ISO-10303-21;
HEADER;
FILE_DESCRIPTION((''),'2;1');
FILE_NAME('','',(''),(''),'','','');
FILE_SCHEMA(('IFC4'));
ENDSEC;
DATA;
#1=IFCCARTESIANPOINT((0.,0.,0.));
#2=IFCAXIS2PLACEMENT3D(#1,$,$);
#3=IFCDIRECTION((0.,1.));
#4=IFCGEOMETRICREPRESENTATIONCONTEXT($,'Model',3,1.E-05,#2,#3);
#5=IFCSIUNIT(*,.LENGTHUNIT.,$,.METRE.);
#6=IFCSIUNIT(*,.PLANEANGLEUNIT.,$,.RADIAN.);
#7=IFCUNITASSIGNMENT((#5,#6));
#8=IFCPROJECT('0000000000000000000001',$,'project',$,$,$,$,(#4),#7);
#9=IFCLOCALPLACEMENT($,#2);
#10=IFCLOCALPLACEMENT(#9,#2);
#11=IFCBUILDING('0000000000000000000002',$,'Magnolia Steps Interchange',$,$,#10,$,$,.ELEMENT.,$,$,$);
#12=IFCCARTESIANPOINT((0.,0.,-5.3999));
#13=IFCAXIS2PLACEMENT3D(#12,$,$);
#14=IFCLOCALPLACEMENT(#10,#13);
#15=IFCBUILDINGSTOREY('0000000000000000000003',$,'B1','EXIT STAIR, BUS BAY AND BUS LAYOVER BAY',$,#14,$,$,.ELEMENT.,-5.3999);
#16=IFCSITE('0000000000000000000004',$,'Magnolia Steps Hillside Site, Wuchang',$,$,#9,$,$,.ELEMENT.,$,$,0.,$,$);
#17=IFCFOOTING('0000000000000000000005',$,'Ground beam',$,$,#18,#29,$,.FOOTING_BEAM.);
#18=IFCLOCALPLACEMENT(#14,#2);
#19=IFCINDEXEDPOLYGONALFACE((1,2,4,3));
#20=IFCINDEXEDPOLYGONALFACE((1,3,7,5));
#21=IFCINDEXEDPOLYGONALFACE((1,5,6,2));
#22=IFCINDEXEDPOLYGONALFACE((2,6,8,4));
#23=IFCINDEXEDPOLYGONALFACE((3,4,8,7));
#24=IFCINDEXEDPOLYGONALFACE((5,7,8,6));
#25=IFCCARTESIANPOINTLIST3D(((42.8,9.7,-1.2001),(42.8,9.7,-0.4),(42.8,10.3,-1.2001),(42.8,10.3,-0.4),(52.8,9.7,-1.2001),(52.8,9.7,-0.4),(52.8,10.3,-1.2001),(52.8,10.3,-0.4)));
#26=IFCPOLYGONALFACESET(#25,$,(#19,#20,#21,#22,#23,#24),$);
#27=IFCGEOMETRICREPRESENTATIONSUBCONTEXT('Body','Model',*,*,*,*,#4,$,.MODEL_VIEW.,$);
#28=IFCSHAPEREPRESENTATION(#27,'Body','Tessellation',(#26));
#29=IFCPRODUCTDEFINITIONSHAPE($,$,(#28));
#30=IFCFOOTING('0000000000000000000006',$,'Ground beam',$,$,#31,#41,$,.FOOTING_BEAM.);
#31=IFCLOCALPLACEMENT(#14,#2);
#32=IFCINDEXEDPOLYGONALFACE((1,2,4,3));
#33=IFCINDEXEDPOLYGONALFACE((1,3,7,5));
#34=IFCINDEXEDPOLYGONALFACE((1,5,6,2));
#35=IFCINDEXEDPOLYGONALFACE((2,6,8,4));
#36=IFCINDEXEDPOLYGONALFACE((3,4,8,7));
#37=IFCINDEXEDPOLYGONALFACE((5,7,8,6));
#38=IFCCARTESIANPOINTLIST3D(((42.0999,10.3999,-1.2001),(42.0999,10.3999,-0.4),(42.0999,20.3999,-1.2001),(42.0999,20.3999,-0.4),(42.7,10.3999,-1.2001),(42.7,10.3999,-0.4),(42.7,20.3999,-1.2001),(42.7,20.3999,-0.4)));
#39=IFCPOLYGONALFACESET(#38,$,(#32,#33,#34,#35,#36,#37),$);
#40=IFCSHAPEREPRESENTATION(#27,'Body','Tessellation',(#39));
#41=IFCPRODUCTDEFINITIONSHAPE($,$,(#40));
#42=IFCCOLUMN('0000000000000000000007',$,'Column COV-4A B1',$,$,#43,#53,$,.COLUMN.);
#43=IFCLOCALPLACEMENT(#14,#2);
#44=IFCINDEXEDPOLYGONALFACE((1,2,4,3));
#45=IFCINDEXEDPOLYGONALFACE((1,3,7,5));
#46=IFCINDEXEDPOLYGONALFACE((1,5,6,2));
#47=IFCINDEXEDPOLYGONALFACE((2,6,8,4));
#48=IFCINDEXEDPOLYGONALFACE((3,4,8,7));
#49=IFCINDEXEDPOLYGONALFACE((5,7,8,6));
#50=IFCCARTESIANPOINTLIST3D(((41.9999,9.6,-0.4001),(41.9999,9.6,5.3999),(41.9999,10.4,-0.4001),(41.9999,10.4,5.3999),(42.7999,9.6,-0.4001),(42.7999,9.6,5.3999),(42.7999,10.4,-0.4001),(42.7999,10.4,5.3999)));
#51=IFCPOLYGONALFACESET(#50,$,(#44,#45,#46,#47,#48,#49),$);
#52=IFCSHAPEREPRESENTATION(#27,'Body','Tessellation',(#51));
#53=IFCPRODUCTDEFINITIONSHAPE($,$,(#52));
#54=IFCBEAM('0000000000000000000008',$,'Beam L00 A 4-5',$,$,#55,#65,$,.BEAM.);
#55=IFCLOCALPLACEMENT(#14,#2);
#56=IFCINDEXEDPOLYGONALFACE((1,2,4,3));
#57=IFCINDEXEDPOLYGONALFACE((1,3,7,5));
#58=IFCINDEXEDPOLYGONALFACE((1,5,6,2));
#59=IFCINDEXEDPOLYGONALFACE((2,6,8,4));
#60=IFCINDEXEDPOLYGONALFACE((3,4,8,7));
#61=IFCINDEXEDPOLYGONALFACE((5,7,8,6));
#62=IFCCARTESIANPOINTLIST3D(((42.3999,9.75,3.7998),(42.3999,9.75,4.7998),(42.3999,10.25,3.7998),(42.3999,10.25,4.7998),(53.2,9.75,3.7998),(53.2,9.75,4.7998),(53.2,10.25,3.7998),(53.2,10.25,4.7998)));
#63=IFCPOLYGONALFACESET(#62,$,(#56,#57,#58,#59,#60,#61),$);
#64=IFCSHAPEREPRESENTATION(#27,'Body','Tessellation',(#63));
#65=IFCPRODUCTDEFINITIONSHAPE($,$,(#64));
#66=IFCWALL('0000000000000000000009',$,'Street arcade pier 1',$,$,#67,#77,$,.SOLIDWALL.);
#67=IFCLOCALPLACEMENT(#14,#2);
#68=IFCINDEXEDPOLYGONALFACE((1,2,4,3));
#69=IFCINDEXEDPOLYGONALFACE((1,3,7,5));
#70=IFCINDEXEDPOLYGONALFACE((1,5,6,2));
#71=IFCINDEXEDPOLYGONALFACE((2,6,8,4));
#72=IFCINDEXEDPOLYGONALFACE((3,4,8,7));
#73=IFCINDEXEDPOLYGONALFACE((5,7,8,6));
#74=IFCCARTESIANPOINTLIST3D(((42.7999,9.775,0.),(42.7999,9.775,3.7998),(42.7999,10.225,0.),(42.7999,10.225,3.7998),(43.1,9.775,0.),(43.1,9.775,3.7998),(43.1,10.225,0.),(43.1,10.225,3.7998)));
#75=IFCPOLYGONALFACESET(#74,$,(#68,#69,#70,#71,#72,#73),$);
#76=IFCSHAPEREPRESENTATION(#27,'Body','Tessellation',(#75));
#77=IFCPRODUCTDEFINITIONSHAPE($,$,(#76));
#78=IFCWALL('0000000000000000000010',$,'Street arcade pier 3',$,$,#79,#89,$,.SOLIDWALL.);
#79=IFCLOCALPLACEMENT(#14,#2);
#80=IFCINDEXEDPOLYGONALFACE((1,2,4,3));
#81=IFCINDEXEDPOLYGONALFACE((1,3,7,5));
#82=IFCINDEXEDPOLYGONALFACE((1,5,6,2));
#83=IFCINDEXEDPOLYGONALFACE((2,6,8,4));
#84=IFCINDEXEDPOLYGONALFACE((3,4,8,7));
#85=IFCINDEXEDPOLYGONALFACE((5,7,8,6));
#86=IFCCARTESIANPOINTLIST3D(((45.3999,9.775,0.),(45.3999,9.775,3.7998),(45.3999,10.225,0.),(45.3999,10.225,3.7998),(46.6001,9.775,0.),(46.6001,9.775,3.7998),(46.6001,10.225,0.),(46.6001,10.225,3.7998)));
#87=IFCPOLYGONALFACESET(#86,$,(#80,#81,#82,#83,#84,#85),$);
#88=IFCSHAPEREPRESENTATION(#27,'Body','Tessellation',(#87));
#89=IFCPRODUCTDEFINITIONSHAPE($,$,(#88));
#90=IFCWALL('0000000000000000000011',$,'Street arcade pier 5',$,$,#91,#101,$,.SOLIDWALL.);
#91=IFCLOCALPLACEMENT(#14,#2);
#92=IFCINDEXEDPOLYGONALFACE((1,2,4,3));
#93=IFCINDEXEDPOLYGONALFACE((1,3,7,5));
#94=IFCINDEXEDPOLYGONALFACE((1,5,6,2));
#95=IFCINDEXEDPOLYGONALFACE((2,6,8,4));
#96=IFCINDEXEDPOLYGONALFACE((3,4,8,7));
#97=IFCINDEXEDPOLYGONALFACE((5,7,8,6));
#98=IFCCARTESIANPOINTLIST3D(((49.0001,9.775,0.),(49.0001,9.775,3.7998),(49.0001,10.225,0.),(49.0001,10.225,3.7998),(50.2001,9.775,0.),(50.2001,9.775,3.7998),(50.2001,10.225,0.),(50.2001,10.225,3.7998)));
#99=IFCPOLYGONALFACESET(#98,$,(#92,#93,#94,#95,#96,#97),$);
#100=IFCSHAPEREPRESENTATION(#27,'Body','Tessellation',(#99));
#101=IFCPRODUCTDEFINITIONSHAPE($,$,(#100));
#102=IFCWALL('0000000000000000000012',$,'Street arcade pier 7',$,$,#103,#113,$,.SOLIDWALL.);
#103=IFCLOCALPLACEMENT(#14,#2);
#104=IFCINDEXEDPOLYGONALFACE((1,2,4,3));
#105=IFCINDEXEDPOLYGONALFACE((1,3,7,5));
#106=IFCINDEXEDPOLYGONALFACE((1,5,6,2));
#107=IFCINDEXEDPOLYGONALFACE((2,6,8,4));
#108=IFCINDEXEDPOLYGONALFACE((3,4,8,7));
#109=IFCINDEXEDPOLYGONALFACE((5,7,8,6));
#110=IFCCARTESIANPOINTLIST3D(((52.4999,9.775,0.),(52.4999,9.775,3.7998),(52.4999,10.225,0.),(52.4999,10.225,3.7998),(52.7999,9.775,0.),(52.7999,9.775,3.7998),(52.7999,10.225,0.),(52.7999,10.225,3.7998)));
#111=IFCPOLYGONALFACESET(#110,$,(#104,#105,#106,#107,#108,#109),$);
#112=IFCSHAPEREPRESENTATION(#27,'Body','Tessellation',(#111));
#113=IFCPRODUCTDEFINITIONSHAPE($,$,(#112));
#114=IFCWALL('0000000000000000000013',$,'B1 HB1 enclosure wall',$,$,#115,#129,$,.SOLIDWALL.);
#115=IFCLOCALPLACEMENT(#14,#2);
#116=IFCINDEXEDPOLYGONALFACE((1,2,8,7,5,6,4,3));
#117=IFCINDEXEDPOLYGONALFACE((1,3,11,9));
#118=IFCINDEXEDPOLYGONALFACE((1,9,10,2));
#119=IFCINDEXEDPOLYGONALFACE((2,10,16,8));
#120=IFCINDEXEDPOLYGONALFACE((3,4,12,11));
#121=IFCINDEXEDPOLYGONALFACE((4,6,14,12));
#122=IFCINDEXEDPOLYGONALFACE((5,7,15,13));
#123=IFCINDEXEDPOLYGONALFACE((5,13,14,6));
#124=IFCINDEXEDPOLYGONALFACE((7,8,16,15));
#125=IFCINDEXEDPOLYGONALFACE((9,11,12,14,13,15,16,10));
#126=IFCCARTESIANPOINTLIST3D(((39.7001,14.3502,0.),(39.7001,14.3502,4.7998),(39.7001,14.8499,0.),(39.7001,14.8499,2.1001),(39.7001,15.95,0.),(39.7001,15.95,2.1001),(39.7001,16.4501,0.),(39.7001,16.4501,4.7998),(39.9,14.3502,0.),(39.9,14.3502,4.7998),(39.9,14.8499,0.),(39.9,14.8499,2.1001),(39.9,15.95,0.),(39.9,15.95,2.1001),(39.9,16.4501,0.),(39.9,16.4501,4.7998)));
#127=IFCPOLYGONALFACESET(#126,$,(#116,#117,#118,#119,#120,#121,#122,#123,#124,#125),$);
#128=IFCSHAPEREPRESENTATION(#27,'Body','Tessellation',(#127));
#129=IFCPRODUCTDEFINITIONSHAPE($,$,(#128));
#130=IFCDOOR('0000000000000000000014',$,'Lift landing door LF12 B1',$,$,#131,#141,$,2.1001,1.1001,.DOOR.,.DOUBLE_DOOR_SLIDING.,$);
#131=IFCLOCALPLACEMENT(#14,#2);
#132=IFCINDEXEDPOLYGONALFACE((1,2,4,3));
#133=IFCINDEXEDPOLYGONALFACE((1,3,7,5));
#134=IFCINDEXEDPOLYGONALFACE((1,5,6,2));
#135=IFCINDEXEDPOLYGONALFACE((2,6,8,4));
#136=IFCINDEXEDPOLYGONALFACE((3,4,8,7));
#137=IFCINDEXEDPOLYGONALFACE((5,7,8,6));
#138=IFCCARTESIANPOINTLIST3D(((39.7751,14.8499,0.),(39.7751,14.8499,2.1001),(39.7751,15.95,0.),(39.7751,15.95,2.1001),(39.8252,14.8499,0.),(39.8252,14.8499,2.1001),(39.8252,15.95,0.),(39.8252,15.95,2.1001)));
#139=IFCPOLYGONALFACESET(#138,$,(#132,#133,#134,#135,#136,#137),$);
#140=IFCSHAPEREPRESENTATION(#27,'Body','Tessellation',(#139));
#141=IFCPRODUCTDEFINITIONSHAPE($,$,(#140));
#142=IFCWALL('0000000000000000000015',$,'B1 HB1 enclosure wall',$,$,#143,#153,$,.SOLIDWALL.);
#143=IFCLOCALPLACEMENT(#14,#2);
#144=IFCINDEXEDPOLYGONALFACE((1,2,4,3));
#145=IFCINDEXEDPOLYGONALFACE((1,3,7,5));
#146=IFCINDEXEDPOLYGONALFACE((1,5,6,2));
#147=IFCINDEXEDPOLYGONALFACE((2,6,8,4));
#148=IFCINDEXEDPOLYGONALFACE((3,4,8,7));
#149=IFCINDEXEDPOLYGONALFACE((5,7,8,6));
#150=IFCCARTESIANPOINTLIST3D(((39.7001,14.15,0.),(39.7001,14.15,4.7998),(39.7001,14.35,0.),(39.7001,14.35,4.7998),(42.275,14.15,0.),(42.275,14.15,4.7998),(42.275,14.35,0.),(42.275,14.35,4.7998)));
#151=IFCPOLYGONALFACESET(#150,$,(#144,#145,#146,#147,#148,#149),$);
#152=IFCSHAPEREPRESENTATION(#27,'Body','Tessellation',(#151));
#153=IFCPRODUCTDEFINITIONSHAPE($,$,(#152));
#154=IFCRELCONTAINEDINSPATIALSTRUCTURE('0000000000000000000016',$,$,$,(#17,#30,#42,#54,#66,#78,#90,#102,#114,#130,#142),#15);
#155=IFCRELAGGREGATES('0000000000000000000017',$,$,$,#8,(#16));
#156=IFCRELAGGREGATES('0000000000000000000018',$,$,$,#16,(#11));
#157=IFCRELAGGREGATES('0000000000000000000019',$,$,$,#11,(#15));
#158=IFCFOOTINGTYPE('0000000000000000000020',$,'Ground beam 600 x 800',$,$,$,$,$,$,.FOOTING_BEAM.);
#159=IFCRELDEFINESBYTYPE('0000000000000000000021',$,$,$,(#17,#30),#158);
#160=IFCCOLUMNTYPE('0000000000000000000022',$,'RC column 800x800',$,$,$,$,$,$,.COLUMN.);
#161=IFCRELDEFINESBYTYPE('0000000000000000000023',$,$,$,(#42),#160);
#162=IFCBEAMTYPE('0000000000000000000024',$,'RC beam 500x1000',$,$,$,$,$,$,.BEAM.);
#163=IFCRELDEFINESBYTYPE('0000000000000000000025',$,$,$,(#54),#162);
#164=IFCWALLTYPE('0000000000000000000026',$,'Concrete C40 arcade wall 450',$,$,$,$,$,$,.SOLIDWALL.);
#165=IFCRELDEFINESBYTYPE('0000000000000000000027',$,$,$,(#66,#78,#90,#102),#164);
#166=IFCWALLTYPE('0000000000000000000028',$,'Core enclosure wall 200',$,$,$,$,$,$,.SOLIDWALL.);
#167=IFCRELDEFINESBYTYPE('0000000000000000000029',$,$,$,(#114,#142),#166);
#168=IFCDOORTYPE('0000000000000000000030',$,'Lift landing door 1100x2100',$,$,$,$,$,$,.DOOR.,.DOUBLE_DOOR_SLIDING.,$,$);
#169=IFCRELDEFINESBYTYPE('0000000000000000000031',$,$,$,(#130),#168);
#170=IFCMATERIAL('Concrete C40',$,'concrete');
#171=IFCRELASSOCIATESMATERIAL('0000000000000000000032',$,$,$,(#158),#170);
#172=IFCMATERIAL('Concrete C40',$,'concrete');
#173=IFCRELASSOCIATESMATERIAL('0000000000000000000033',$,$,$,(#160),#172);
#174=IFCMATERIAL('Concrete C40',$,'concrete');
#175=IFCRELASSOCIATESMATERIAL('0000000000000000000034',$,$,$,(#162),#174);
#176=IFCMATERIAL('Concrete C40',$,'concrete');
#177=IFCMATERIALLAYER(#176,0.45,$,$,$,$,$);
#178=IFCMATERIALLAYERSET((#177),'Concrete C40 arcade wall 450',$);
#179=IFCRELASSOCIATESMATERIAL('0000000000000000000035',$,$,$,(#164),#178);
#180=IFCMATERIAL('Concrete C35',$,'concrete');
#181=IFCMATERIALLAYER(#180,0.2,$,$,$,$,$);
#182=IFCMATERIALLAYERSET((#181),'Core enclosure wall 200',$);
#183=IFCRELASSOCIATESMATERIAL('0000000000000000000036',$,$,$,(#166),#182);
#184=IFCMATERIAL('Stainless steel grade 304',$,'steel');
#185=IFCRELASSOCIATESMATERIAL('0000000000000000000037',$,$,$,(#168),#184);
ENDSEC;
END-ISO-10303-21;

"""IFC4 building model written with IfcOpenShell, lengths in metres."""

from ifc_helpers import new_model, si_unit, direction, frame, frame_2d, origin, origin_2d, place, context, subcontext, project, spatial, rectangle, extrude, material, layer, layer_set, material_profile, profile_set, type_object, element, fill, save


model = new_model("IFC4")

# Units and contexts
model_context = context("Model", 3, precision=1e-05, world=origin(), true_north=direction((0.0, 1.0)))
body_context = subcontext(model_context, "Body", "Model", "MODEL_VIEW")
ifc_project = project(units=[si_unit("LENGTHUNIT", "METRE"), si_unit("PLANEANGLEUNIT", "RADIAN")], contexts=[model_context])

# Site, building, storey
site_placement = place(None, origin())
site = spatial("IfcSite", under=ifc_project, at=site_placement, Name="Magnolia Steps Hillside Site, Wuchang", CompositionType="ELEMENT", RefElevation=0.0)
building_placement = place(site_placement, origin())
building = spatial("IfcBuilding", under=site, at=building_placement, Name="Magnolia Steps Interchange", CompositionType="ELEMENT")
storey_placement = place(building_placement, frame((0.0, 0.0, -5.3999)))
storey = spatial("IfcBuildingStorey", under=building, at=storey_placement, Name="B1", Description="EXIT STAIR, BUS BAY AND BUS LAYOVER BAY", CompositionType="ELEMENT", Elevation=-5.3999)

# Footings
ifc_material_1 = material(Name="Concrete C40", Category="concrete")
ifc_material_profile_1 = material_profile(ifc_material_1, rectangle(XDim=0.6001, YDim=0.8, at=origin_2d()), Name="RC600x800")
ifc_profile_set_1 = profile_set([ifc_material_profile_1], Name="Concrete C40")
footing_type = type_object("IfcFootingType", Name="Ground beam 600 x 800", PredefinedType="FOOTING_BEAM", material=ifc_profile_set_1)
for number, where, z_axis, x_axis, name in (
    (1, (42.8, 10.0, -0.8), (1.0, 0.0, 0.0), (0.0, 1.0, 0.0), "Ground beam"),
    (2, (42.3999, 10.3999, -0.8), (0.0, 1.0, 0.0), (-1.0, 0.0, 0.0), "Ground beam"),
):
    element("IfcFooting", number, at=place(storey_placement, frame(where, z_axis=z_axis, x_axis=x_axis)), inside=storey, type_object=footing_type, Name=name, PredefinedType="FOOTING_BEAM", context=body_context, shape_type="SweptSolid", body=[
        extrude(rectangle(XDim=0.6001, YDim=0.8, at=origin_2d()), origin(), (0.0, 0.0, 1.0), 10.0),
    ])

# Column
ifc_material_2 = material(Name="Concrete C40", Category="concrete")
ifc_material_profile_2 = material_profile(ifc_material_2, rectangle(XDim=0.8, YDim=0.8, at=origin_2d()), Name="RC800x800")
ifc_profile_set_2 = profile_set([ifc_material_profile_2], Name="Concrete C40")
column_type = type_object("IfcColumnType", Name="RC column 800x800", PredefinedType="COLUMN", material=ifc_profile_set_2)
column_placement = place(storey_placement, frame((42.3999, 10.0, -0.4001), z_axis=(0.0, 0.0, 1.0), x_axis=(1.0, 0.0, 0.0)))
element("IfcColumn", 3, at=column_placement, inside=storey, type_object=column_type, Name="Column COV-4A B1", PredefinedType="COLUMN", context=body_context, shape_type="SweptSolid", body=[
    extrude(rectangle(XDim=0.8, YDim=0.8, at=origin_2d()), origin(), (0.0, 0.0, 1.0), 5.8),
])

# Beam
ifc_material_3 = material(Name="Concrete C40", Category="concrete")
ifc_material_profile_3 = material_profile(ifc_material_3, rectangle(XDim=0.5, YDim=1.0, at=origin_2d()), Name="RC500x1000")
ifc_profile_set_3 = profile_set([ifc_material_profile_3], Name="Concrete C40")
beam_type = type_object("IfcBeamType", Name="RC beam 500x1000", PredefinedType="BEAM", material=ifc_profile_set_3)
beam_placement = place(storey_placement, frame((42.3999, 10.0, 4.2998), z_axis=(1.0, 0.0, 0.0), x_axis=(0.0, 1.0, 0.0)))
element("IfcBeam", 4, at=beam_placement, inside=storey, type_object=beam_type, Name="Beam L00 A 4-5", PredefinedType="BEAM", context=body_context, shape_type="SweptSolid", body=[
    extrude(rectangle(XDim=0.5, YDim=1.0, at=origin_2d()), origin(), (0.0, 0.0, 1.0), 10.8),
])

# Walls
ifc_material_4 = material(Name="Concrete C40", Category="concrete")
ifc_layer_1 = layer(ifc_material_4, 0.45)
ifc_layer_set_1 = layer_set([ifc_layer_1], Name="Concrete C40 arcade wall 450")
wall_type_1 = type_object("IfcWallType", Name="Concrete C40 arcade wall 450", PredefinedType="SOLIDWALL", material=ifc_layer_set_1)
wall_1_placement = place(storey_placement, frame((42.8, 10.0, 0.0), z_axis=(0.0, 0.0, 1.0), x_axis=(1.0, 0.0, 0.0)))
element("IfcWall", 5, at=wall_1_placement, inside=storey, type_object=wall_type_1, Name="Street arcade pier 1", PredefinedType="SOLIDWALL", context=body_context, shape_type="SweptSolid", body=[
    extrude(rectangle(XDim=0.3, YDim=0.45, at=frame_2d((0.1499, 0.0))), origin(), (0.0, 0.0, 1.0), 3.7998),
])
wall_2_placement = place(storey_placement, frame((45.3999, 10.0, 0.0), z_axis=(0.0, 0.0, 1.0), x_axis=(1.0, 0.0, 0.0)))
element("IfcWall", 6, at=wall_2_placement, inside=storey, type_object=wall_type_1, Name="Street arcade pier 3", PredefinedType="SOLIDWALL", context=body_context, shape_type="SweptSolid", body=[
    extrude(rectangle(XDim=1.2002, YDim=0.45, at=frame_2d((0.6001, 0.0))), origin(), (0.0, 0.0, 1.0), 3.7998),
])
wall_3_placement = place(storey_placement, frame((49.0, 10.0, 0.0), z_axis=(0.0, 0.0, 1.0), x_axis=(1.0, 0.0, 0.0)))
element("IfcWall", 7, at=wall_3_placement, inside=storey, type_object=wall_type_1, Name="Street arcade pier 5", PredefinedType="SOLIDWALL", context=body_context, shape_type="SweptSolid", body=[
    extrude(rectangle(XDim=1.2, YDim=0.45, at=frame_2d((0.6001, 0.0))), origin(), (0.0, 0.0, 1.0), 3.7998),
])
wall_4_placement = place(storey_placement, frame((52.5, 10.0, 0.0), z_axis=(0.0, 0.0, 1.0), x_axis=(1.0, 0.0, 0.0)))
element("IfcWall", 8, at=wall_4_placement, inside=storey, type_object=wall_type_1, Name="Street arcade pier 7", PredefinedType="SOLIDWALL", context=body_context, shape_type="SweptSolid", body=[
    extrude(rectangle(XDim=0.3, YDim=0.45, at=frame_2d((0.1499, 0.0))), origin(), (0.0, 0.0, 1.0), 3.7998),
])

# Wall, opening, door
ifc_material_5 = material(Name="Concrete C35", Category="concrete")
ifc_layer_2 = layer(ifc_material_5, 0.2)
ifc_layer_set_2 = layer_set([ifc_layer_2], Name="Core enclosure wall 200")
wall_type_2 = type_object("IfcWallType", Name="Core enclosure wall 200", PredefinedType="SOLIDWALL", material=ifc_layer_set_2)
wall_5_placement = place(storey_placement, frame((39.8, 16.45, 0.0), z_axis=(0.0, 0.0, 1.0), x_axis=(0.0, -1.0, 0.0)))
wall_5 = element("IfcWall", 9, at=wall_5_placement, inside=storey, type_object=wall_type_2, Name="B1 HB1 enclosure wall", PredefinedType="SOLIDWALL", context=body_context, shape_type="SweptSolid", body=[
    extrude(rectangle(XDim=2.0999, YDim=0.2, at=frame_2d((1.0498, 0.0))), origin(), (0.0, 0.0, 1.0), 4.7998),
])
opening_1_placement = place(wall_5_placement, frame((0.5, 0.0, 0.0)))
opening_1 = element("IfcOpeningElement", 10, at=opening_1_placement, cuts=wall_5, PredefinedType="OPENING", context=body_context, shape_type="SweptSolid", body=[
    extrude(rectangle(XDim=1.1001, YDim=2.1001, at=frame_2d((0.55, 1.05))), frame((0.0, 0.1099, 0.0), z_axis=(0.0, -1.0, 0.0), x_axis=(1.0, 0.0, 0.0)), (0.0, 0.0, 1.0), 0.22),
])
ifc_material_6 = material(Name="Stainless steel grade 304", Category="steel")
door_type_1 = type_object("IfcDoorType", Name="Lift landing door 1100x2100", OperationType="DOUBLE_DOOR_SLIDING", PredefinedType="DOOR", material=ifc_material_6)
door_1_placement = place(opening_1_placement, frame((1.1001, 0.0, 0.0), z_axis=(0.0, 0.0, 1.0), x_axis=(-1.0, 0.0, 0.0)))
door_1 = element("IfcDoor", 11, at=door_1_placement, inside=storey, type_object=door_type_1, Name="Lift landing door LF12 B1", OperationType="DOUBLE_DOOR_SLIDING", OverallHeight=2.1001, OverallWidth=1.1001, PredefinedType="DOOR", context=body_context, shape_type="SweptSolid", body=[
    extrude(rectangle(XDim=1.1001, YDim=2.1001, at=frame_2d((0.55, 1.05))), frame((0.0, 0.0249, 0.0), z_axis=(0.0, -1.0, 0.0), x_axis=(1.0, 0.0, 0.0)), (0.0, 0.0, 1.0), 0.05),
])
fill(opening_1, door_1)

# Wall
wall_6_placement = place(storey_placement, frame((39.7, 14.25, 0.0), z_axis=(0.0, 0.0, 1.0), x_axis=(1.0, 0.0, 0.0)))
element("IfcWall", 12, at=wall_6_placement, inside=storey, type_object=wall_type_2, Name="B1 HB1 enclosure wall", PredefinedType="SOLIDWALL", context=body_context, shape_type="SweptSolid", body=[
    extrude(rectangle(XDim=2.575, YDim=0.2, at=frame_2d((1.2876, 0.0))), origin(), (0.0, 0.0, 1.0), 4.7998),
])

save(model, "model.ifc")
